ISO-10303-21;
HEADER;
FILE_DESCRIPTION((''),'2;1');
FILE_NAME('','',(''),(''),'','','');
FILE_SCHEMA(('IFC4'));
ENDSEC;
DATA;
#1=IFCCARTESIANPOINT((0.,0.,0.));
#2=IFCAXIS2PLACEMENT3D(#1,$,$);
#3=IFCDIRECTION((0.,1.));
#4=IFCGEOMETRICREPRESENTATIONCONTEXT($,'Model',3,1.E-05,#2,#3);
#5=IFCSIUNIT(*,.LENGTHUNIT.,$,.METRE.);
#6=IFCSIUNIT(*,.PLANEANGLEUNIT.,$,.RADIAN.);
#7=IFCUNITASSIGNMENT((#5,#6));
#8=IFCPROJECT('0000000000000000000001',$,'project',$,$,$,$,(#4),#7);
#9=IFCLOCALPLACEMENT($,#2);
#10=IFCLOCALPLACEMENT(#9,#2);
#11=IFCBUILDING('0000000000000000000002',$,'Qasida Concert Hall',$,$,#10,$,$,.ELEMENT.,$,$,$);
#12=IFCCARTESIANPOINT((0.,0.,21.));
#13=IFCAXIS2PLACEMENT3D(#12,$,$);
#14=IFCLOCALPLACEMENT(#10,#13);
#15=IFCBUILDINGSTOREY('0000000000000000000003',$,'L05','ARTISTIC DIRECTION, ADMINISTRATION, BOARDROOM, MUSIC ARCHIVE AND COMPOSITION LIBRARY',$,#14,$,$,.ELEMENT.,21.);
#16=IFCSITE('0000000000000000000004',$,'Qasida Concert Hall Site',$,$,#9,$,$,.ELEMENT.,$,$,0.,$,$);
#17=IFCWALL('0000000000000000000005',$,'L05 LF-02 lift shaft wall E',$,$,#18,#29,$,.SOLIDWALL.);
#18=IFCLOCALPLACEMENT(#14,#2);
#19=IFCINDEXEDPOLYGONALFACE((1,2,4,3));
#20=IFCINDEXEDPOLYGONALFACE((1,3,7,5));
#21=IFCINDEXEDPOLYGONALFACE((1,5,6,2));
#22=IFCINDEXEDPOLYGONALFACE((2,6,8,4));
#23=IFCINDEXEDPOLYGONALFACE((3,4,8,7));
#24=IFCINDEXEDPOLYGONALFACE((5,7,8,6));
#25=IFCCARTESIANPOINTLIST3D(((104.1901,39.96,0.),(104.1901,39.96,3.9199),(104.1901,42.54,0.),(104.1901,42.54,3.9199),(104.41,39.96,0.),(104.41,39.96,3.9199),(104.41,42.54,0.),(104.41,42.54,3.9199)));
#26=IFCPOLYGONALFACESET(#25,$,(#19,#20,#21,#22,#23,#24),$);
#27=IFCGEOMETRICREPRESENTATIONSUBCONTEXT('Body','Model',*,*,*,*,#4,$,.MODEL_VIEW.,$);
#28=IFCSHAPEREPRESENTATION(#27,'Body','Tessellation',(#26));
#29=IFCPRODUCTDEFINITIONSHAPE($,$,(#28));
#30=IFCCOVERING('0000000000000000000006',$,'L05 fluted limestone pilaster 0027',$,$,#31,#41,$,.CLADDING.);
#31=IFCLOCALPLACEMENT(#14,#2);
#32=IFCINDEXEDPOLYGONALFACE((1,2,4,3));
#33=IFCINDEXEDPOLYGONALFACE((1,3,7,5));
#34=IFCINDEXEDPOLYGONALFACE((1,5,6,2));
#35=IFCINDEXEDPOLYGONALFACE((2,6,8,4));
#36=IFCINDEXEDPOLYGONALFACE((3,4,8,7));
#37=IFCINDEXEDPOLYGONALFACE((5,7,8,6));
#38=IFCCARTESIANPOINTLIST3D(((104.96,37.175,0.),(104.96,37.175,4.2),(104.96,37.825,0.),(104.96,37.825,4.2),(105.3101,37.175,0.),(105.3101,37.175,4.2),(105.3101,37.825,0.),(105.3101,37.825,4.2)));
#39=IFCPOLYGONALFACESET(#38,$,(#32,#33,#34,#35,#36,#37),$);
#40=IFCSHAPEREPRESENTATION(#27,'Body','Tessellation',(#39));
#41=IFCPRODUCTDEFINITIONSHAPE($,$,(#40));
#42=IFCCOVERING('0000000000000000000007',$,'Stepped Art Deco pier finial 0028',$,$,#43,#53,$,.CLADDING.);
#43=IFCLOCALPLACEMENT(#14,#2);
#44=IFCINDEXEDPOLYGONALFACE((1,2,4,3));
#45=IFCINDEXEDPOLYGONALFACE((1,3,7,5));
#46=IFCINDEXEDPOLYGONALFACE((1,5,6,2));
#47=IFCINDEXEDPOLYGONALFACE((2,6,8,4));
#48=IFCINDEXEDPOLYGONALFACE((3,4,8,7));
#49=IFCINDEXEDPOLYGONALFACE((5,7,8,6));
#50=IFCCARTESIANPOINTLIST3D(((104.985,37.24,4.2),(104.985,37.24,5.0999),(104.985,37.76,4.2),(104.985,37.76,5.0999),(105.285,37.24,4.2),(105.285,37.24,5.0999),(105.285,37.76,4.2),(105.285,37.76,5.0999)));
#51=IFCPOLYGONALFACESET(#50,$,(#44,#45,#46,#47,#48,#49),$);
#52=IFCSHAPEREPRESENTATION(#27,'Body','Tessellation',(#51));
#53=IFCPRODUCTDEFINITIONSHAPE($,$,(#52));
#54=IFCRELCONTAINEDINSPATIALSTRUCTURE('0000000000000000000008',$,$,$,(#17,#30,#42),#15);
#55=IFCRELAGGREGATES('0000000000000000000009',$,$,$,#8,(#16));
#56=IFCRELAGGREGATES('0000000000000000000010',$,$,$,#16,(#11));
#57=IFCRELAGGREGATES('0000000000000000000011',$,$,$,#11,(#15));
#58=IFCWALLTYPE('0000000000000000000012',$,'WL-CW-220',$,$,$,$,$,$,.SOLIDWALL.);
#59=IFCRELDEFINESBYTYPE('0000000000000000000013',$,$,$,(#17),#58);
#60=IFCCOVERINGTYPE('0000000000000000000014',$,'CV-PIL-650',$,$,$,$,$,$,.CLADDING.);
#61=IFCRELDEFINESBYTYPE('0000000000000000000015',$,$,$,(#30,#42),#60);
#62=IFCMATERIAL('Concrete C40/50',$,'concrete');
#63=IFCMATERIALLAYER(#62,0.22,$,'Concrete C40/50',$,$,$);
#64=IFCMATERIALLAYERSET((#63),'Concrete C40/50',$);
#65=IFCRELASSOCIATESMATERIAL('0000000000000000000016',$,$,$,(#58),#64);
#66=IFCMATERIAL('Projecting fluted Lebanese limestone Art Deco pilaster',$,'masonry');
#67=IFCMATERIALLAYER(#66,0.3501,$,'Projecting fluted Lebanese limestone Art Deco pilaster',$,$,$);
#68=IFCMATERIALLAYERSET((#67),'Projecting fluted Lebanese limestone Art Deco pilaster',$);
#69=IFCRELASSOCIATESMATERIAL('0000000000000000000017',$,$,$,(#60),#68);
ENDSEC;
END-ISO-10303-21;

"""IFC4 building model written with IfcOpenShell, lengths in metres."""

from ifc_helpers import new_model, si_unit, direction, frame, frame_2d, origin, origin_2d, place, context, subcontext, project, spatial, rectangle, extrude, material, layer, layer_set, type_object, element, save


model = new_model("IFC4")

# Units and contexts
model_context = context("Model", 3, precision=1e-05, world=origin(), true_north=direction((0.0, 1.0)))
body_context = subcontext(model_context, "Body", "Model", "MODEL_VIEW")
ifc_project = project(units=[si_unit("LENGTHUNIT", "METRE"), si_unit("PLANEANGLEUNIT", "RADIAN")], contexts=[model_context])

# Site, building, storey
site_placement = place(None, origin())
site = spatial("IfcSite", under=ifc_project, at=site_placement, Name="Qasida Concert Hall Site", CompositionType="ELEMENT", RefElevation=0.0)
building_placement = place(site_placement, origin())
building = spatial("IfcBuilding", under=site, at=building_placement, Name="Qasida Concert Hall", CompositionType="ELEMENT")
storey_placement = place(building_placement, frame((0.0, 0.0, 21.0)))
storey = spatial("IfcBuildingStorey", under=building, at=storey_placement, Name="L05", Description="ARTISTIC DIRECTION, ADMINISTRATION, BOARDROOM, MUSIC ARCHIVE AND COMPOSITION LIBRARY", CompositionType="ELEMENT", Elevation=21.0)

# Shared definitions
ifc_material_1 = material(Name="Concrete C40/50", Category="concrete")
ifc_layer_1 = layer(ifc_material_1, 0.22, Name="Concrete C40/50")
ifc_layer_set_1 = layer_set([ifc_layer_1], Name="Concrete C40/50")
wall_type = type_object("IfcWallType", Name="WL-CW-220", PredefinedType="SOLIDWALL", material=ifc_layer_set_1)

# Wall
wall_1_placement = place(storey_placement, frame((104.3, 39.96, 0.0), z_axis=(0.0, 0.0, 1.0), x_axis=(0.0, 1.0, 0.0)))
element("IfcWall", 1, at=wall_1_placement, inside=storey, type_object=wall_type, Name="L05 LF-02 lift shaft wall E", PredefinedType="SOLIDWALL", context=body_context, shape_type="SweptSolid", body=[
    extrude(rectangle(XDim=2.5801, YDim=0.22, at=frame_2d((1.29, 0.0))), origin(), (0.0, 0.0, 1.0), 3.9199),
])

# Coverings
ifc_material_2 = material(Name="Projecting fluted Lebanese limestone Art Deco pilaster", Category="masonry")
ifc_layer_2 = layer(ifc_material_2, 0.3501, Name="Projecting fluted Lebanese limestone Art Deco pilaster")
ifc_layer_set_2 = layer_set([ifc_layer_2], Name="Projecting fluted Lebanese limestone Art Deco pilaster")
covering_type = type_object("IfcCoveringType", Name="CV-PIL-650", PredefinedType="CLADDING", material=ifc_layer_set_2)
covering_1_placement = place(storey_placement, frame((105.135, 37.5, 0.0), z_axis=(0.0, 0.0, 1.0), x_axis=(1.0, 0.0, 0.0)))
element("IfcCovering", 2, at=covering_1_placement, inside=storey, type_object=covering_type, Name="L05 fluted limestone pilaster 0027", PredefinedType="CLADDING", context=body_context, shape_type="SweptSolid", body=[
    extrude(rectangle(XDim=0.3501, YDim=0.6499, at=origin_2d()), origin(), (0.0, 0.0, 1.0), 4.2),
])
covering_2_placement = place(storey_placement, frame((105.135, 37.5, 4.2), z_axis=(0.0, 0.0, 1.0), x_axis=(1.0, 0.0, 0.0)))
element("IfcCovering", 3, at=covering_2_placement, inside=storey, type_object=covering_type, Name="Stepped Art Deco pier finial 0028", PredefinedType="CLADDING", context=body_context, shape_type="SweptSolid", body=[
    extrude(rectangle(XDim=0.3, YDim=0.52, at=origin_2d()), origin(), (0.0, 0.0, 1.0), 0.8999),
])

save(model, "model.ifc")
